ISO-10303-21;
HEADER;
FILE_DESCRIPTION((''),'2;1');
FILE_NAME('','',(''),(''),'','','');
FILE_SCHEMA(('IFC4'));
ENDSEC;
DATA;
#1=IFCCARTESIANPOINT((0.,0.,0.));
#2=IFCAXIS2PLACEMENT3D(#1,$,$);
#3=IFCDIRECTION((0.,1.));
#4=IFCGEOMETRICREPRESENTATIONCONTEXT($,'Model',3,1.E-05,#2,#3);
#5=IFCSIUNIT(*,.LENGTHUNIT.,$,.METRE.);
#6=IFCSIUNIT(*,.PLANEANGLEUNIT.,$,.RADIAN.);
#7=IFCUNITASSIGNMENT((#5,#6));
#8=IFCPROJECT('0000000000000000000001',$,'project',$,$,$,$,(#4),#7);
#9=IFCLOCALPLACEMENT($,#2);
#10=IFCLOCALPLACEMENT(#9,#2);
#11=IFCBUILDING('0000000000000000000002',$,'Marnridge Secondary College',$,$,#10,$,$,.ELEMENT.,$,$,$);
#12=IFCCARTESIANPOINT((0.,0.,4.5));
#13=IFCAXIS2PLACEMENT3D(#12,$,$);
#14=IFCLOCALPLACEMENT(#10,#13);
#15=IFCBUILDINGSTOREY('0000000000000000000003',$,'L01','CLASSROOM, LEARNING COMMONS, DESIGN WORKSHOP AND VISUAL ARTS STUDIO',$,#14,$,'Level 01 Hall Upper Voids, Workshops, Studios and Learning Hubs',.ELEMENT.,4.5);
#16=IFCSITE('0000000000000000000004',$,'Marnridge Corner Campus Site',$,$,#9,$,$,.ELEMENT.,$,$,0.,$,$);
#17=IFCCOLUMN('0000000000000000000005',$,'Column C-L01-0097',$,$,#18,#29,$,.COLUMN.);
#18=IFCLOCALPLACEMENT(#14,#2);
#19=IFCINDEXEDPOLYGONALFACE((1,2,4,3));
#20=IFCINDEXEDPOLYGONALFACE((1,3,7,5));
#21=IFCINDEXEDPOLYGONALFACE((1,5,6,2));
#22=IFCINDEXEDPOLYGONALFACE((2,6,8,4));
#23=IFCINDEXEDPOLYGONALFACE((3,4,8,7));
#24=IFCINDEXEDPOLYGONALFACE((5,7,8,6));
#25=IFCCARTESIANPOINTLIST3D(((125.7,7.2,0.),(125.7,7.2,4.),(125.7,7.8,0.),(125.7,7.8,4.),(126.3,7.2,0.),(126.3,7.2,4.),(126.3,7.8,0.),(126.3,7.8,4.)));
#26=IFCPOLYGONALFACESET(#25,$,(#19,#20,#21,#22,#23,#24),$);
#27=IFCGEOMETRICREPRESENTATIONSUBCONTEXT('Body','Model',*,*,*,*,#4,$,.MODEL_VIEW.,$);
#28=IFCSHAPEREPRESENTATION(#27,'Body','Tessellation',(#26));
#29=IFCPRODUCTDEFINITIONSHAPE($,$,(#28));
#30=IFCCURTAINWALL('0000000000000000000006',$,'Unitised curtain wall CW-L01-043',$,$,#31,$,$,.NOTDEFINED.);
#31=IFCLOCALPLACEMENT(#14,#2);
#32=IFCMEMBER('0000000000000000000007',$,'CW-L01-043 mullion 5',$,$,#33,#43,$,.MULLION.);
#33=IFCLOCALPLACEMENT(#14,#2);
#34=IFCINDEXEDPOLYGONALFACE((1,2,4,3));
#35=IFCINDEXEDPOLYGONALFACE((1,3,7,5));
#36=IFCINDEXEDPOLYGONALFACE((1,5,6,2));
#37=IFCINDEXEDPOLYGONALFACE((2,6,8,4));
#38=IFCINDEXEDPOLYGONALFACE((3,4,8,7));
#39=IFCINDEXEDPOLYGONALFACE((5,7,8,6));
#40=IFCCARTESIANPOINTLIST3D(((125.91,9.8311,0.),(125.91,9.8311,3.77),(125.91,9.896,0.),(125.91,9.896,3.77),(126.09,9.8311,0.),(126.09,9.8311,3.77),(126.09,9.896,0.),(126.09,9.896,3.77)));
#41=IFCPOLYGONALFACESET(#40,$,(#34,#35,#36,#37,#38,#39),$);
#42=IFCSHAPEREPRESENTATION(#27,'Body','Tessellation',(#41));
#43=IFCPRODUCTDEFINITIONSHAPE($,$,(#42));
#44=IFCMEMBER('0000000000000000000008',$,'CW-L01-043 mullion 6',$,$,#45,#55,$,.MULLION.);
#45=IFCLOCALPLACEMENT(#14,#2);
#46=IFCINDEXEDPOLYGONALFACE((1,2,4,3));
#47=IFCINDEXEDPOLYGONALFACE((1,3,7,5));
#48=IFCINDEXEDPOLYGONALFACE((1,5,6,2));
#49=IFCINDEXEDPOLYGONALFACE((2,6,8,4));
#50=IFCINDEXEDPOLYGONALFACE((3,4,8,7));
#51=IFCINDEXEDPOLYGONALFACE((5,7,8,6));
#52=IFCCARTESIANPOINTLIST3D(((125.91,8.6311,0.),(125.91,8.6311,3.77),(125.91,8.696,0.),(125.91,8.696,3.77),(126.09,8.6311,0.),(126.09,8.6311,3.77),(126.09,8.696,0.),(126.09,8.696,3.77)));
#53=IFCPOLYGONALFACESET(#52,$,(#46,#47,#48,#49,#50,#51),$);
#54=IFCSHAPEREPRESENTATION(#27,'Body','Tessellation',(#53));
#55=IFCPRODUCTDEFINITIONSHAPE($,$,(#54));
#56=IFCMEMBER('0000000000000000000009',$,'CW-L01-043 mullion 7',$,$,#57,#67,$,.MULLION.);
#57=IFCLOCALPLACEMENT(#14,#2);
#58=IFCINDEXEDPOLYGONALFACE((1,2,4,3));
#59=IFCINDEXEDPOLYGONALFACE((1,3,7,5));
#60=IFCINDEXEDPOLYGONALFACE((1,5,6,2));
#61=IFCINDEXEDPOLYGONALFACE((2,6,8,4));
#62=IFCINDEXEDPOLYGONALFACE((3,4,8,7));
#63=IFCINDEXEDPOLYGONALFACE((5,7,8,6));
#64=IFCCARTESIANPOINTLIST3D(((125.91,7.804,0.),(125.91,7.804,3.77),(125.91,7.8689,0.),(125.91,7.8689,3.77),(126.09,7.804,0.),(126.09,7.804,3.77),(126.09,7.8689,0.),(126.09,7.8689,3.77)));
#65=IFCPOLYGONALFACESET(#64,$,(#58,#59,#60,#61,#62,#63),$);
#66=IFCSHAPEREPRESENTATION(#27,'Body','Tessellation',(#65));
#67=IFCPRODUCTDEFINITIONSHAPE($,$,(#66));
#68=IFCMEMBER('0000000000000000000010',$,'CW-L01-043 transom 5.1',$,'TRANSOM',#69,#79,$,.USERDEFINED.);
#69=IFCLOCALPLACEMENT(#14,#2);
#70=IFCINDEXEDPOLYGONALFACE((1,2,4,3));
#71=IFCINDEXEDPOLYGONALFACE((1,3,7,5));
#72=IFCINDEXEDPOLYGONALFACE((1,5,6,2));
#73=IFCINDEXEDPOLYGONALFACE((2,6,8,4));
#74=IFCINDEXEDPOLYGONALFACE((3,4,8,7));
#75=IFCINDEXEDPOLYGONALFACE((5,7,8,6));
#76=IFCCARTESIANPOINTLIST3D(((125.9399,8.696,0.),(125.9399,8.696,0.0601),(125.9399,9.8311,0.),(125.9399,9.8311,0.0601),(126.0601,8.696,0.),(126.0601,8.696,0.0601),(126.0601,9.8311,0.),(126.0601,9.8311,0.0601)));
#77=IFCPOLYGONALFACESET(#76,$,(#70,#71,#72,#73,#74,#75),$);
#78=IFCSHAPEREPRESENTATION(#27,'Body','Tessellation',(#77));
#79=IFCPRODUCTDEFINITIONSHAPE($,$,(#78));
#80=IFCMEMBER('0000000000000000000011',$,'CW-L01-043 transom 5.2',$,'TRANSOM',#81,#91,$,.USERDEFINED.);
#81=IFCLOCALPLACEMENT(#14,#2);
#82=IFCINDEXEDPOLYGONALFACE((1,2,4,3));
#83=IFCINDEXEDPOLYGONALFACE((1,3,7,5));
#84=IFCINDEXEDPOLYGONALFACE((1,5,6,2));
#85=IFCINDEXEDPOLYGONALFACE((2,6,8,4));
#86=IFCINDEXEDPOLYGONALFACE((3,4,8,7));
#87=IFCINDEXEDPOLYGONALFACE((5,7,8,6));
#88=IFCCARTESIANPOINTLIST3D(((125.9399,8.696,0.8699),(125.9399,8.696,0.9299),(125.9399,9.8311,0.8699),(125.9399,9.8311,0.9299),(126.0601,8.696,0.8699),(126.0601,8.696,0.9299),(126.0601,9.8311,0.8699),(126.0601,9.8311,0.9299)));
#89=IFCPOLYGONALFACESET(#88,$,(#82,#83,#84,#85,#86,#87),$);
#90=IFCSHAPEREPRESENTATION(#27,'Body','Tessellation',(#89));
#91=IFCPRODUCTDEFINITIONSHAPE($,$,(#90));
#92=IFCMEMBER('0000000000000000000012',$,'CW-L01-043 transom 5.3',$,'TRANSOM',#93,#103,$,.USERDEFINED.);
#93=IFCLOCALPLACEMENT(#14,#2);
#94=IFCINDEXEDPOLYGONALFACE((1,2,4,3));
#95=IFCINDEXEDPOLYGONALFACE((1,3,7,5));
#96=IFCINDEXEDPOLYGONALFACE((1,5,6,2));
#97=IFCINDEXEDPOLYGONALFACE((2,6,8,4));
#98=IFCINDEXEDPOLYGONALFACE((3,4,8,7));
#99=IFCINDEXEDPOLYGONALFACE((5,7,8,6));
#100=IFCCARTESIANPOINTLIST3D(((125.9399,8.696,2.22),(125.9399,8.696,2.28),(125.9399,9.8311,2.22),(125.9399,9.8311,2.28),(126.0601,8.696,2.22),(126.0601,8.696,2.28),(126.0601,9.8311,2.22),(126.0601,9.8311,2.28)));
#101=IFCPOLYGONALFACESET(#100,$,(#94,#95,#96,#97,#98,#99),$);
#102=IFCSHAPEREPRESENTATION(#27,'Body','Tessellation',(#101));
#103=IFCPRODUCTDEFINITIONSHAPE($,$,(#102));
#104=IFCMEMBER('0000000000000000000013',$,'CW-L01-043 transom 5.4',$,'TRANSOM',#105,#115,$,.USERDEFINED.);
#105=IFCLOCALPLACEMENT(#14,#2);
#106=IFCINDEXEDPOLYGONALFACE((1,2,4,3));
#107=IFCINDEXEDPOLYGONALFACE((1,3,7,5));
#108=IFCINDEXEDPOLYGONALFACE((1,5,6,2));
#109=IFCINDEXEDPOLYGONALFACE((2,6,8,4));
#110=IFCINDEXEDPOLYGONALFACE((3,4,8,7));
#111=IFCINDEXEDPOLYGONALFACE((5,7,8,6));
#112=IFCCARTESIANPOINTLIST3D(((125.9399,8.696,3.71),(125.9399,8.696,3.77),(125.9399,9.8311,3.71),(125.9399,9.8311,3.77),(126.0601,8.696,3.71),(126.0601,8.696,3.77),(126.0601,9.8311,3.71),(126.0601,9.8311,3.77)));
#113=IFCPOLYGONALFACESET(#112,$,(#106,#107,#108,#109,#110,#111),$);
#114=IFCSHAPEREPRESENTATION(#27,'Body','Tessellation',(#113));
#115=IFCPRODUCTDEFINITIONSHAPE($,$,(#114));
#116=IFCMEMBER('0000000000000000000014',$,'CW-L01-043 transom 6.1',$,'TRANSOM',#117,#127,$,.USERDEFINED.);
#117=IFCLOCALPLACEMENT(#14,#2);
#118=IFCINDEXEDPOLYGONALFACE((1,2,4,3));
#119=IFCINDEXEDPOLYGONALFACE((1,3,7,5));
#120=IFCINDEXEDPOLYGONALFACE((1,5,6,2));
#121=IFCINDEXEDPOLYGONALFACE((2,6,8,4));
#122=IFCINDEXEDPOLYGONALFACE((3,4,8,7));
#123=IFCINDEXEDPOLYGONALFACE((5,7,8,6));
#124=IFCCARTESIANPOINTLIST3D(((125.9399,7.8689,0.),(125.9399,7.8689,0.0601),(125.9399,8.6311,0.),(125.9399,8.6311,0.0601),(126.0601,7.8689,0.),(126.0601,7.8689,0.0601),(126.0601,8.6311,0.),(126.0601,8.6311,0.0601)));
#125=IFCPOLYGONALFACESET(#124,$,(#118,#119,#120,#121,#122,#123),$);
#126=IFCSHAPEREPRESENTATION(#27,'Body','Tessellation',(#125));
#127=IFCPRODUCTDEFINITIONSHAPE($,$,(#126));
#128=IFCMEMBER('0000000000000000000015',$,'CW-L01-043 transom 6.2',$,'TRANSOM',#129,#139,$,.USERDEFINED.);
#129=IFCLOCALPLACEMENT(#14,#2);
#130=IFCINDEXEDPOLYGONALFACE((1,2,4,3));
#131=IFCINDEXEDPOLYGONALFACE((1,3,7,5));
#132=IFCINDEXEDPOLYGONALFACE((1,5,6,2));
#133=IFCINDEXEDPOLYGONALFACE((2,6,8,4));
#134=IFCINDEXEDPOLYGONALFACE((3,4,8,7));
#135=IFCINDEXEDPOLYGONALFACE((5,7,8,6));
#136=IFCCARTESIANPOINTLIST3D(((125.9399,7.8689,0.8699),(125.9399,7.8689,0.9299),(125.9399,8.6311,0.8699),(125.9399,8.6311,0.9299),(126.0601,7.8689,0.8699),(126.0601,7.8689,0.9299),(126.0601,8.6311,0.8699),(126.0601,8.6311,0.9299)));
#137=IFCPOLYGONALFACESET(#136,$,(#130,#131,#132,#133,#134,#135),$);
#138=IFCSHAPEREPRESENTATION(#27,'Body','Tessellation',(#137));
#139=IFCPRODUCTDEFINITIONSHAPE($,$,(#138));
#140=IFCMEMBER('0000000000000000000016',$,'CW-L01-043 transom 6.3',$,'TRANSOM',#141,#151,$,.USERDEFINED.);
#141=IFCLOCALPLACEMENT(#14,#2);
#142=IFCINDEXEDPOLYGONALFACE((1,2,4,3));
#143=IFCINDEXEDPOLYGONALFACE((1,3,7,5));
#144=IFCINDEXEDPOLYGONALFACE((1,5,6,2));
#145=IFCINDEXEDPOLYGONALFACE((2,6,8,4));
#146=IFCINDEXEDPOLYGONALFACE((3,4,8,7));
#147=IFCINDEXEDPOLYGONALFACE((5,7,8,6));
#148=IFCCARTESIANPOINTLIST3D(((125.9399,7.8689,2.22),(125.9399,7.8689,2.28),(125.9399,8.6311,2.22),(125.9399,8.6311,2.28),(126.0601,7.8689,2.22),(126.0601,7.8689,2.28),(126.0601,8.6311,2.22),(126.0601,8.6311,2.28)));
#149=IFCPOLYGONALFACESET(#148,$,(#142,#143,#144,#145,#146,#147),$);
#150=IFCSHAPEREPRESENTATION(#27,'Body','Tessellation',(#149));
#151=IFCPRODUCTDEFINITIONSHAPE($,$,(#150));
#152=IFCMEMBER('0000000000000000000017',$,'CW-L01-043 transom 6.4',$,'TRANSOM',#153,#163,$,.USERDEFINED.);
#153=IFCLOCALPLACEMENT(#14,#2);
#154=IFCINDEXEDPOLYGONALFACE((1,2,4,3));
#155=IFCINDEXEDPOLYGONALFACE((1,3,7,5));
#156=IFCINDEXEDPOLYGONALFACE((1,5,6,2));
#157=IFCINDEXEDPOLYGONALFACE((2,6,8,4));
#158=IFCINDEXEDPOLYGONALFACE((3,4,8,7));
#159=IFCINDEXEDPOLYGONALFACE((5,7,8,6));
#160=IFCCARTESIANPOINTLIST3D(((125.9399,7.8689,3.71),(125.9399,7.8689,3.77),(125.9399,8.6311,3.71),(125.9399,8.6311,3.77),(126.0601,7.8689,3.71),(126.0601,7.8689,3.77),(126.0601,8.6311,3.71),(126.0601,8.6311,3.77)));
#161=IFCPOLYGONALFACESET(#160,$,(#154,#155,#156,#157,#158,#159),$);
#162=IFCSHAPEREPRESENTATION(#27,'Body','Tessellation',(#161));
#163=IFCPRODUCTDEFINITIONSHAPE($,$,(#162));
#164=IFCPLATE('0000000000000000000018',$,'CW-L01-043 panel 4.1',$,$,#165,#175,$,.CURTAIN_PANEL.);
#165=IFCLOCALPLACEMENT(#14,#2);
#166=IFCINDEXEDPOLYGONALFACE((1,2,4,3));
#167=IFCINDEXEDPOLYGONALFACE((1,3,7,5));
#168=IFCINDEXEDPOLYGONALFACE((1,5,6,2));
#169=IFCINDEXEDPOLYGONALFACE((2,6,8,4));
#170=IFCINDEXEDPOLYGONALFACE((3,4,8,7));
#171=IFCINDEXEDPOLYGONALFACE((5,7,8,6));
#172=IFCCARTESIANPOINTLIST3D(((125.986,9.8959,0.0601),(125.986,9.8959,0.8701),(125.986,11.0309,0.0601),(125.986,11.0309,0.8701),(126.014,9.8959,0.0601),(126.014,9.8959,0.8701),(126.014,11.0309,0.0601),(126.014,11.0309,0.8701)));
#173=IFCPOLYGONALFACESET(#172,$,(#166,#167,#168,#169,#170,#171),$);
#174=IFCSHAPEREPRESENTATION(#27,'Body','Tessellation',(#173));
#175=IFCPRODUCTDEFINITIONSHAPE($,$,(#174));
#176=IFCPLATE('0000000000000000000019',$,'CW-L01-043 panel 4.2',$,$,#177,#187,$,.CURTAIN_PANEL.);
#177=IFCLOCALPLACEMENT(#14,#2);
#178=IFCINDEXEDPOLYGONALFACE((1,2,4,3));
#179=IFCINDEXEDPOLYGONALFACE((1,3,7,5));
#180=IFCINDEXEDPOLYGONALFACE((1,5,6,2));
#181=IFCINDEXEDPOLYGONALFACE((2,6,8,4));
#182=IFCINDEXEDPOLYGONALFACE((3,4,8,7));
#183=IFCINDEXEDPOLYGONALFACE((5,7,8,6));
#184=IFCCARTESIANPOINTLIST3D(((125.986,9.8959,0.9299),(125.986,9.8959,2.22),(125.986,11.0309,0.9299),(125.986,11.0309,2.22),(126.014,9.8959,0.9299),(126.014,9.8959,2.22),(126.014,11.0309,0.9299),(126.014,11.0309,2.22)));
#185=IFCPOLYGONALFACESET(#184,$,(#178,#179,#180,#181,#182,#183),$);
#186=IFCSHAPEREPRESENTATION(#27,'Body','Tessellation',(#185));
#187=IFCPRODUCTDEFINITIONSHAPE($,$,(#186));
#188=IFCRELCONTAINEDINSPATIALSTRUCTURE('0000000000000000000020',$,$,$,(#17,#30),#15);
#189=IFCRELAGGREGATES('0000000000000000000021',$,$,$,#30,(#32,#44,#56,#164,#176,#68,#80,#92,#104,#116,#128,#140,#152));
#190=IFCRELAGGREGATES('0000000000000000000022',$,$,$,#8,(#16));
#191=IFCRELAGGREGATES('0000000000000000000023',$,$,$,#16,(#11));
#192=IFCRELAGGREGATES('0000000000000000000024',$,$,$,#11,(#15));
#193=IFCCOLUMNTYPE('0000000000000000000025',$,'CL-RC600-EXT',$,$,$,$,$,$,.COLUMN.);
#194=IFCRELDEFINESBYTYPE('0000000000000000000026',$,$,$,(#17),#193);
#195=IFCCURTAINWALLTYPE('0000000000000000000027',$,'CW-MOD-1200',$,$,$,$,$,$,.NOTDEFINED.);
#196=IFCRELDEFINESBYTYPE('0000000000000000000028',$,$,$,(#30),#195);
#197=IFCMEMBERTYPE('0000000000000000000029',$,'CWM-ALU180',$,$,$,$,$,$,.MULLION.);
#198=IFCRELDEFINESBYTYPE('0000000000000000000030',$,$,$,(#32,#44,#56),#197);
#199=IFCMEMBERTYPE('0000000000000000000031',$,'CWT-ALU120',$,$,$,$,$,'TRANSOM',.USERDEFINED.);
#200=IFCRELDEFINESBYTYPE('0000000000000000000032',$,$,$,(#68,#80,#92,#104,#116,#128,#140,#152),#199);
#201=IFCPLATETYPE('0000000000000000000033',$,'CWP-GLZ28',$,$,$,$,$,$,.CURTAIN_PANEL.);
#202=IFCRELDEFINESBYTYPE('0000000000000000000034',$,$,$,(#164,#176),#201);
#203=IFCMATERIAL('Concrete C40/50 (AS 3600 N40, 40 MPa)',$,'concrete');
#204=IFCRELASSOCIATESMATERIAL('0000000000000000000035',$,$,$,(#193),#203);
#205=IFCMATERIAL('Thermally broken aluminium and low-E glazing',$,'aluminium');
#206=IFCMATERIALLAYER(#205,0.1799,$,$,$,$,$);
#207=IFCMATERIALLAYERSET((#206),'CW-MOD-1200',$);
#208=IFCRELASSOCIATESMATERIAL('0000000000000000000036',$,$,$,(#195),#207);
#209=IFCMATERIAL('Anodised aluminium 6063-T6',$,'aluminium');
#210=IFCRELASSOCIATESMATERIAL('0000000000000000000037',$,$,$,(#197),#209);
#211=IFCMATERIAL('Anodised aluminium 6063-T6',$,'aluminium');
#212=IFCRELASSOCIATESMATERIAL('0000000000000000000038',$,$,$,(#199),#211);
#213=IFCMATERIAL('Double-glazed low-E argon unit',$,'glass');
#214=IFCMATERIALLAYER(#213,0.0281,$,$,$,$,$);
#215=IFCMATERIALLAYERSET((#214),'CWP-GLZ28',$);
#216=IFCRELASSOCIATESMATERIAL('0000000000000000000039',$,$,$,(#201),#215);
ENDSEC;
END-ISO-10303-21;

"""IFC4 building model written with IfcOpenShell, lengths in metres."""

from ifc_helpers import new_model, si_unit, direction, frame, origin, origin_2d, place, context, subcontext, project, spatial, rectangle, extrude, material, layer, layer_set, material_profile, profile_set, type_object, element, aggregate, save


model = new_model("IFC4")

# Units and contexts
model_context = context("Model", 3, precision=1e-05, world=origin(), true_north=direction((0.0, 1.0)))
body_context = subcontext(model_context, "Body", "Model", "MODEL_VIEW")
ifc_project = project(units=[si_unit("LENGTHUNIT", "METRE"), si_unit("PLANEANGLEUNIT", "RADIAN")], contexts=[model_context])

# Site, building, storey
site_placement = place(None, origin())
site = spatial("IfcSite", under=ifc_project, at=site_placement, Name="Marnridge Corner Campus Site", CompositionType="ELEMENT", RefElevation=0.0)
building_placement = place(site_placement, origin())
building = spatial("IfcBuilding", under=site, at=building_placement, Name="Marnridge Secondary College", CompositionType="ELEMENT")
storey_placement = place(building_placement, frame((0.0, 0.0, 4.5)))
storey = spatial("IfcBuildingStorey", under=building, at=storey_placement, Name="L01", Description="CLASSROOM, LEARNING COMMONS, DESIGN WORKSHOP AND VISUAL ARTS STUDIO", LongName="Level 01 Hall Upper Voids, Workshops, Studios and Learning Hubs", CompositionType="ELEMENT", Elevation=4.5)

# Column
ifc_material_1 = material(Name="Concrete C40/50 (AS 3600 N40, 40 MPa)", Category="concrete")
ifc_material_profile_1 = material_profile(ifc_material_1, rectangle(XDim=0.6001, YDim=0.6001, at=origin_2d()), Name="RC 600x600")
ifc_profile_set_1 = profile_set([ifc_material_profile_1], Name="Concrete C40/50 (AS 3600 N40, 40 MPa)")
column_type = type_object("IfcColumnType", Name="CL-RC600-EXT", PredefinedType="COLUMN", material=ifc_profile_set_1)
column_placement = place(storey_placement, frame((126.0, 7.5, 0.0), z_axis=(0.0, 0.0, 1.0), x_axis=(1.0, 0.0, 0.0)))
element("IfcColumn", 1, at=column_placement, inside=storey, type_object=column_type, Name="Column C-L01-0097", PredefinedType="COLUMN", context=body_context, shape_type="SweptSolid", body=[
    extrude(rectangle(XDim=0.6001, YDim=0.6001, at=origin_2d()), origin(), (0.0, 0.0, 1.0), 4.0),
])

# Curtain wall, members, plates
ifc_material_2 = material(Name="Thermally broken aluminium and low-E glazing", Category="aluminium")
ifc_layer_1 = layer(ifc_material_2, 0.1799)
ifc_layer_set_1 = layer_set([ifc_layer_1], Name="CW-MOD-1200")
curtain_wall_type = type_object("IfcCurtainWallType", Name="CW-MOD-1200", PredefinedType="NOTDEFINED", material=ifc_layer_set_1)
curtain_wall_placement = place(storey_placement, origin())
curtain_wall = element("IfcCurtainWall", 2, at=curtain_wall_placement, inside=storey, type_object=curtain_wall_type, Name="Unitised curtain wall CW-L01-043", PredefinedType="NOTDEFINED")
ifc_material_3 = material(Name="Anodised aluminium 6063-T6", Category="aluminium")
ifc_material_profile_2 = material_profile(ifc_material_3, rectangle(XDim=0.0649, YDim=0.1799, at=origin_2d()), Name="ALU 65x180")
ifc_profile_set_2 = profile_set([ifc_material_profile_2], Name="Anodised aluminium 6063-T6")
member_type_1 = type_object("IfcMemberType", Name="CWM-ALU180", PredefinedType="MULLION", material=ifc_profile_set_2)
member_1_placement = place(storey_placement, frame((126.0, 9.8635, 0.0), z_axis=(0.0, 0.0, 1.0), x_axis=(0.0, -1.0, 0.0)))
member_1 = element("IfcMember", 3, at=member_1_placement, type_object=member_type_1, Name="CW-L01-043 mullion 5", PredefinedType="MULLION", context=body_context, shape_type="SweptSolid", body=[
    extrude(rectangle(XDim=0.0649, YDim=0.1799, at=origin_2d()), origin(), (0.0, 0.0, 1.0), 3.77),
])
member_2_placement = place(storey_placement, frame((126.0, 8.6636, 0.0), z_axis=(0.0, 0.0, 1.0), x_axis=(0.0, -1.0, 0.0)))
member_2 = element("IfcMember", 4, at=member_2_placement, type_object=member_type_1, Name="CW-L01-043 mullion 6", PredefinedType="MULLION", context=body_context, shape_type="SweptSolid", body=[
    extrude(rectangle(XDim=0.0649, YDim=0.1799, at=origin_2d()), origin(), (0.0, 0.0, 1.0), 3.77),
])
member_3_placement = place(storey_placement, frame((126.0, 7.8364, 0.0), z_axis=(0.0, 0.0, 1.0), x_axis=(0.0, -1.0, 0.0)))
member_3 = element("IfcMember", 5, at=member_3_placement, type_object=member_type_1, Name="CW-L01-043 mullion 7", PredefinedType="MULLION", context=body_context, shape_type="SweptSolid", body=[
    extrude(rectangle(XDim=0.0649, YDim=0.1799, at=origin_2d()), origin(), (0.0, 0.0, 1.0), 3.77),
])
ifc_material_4 = material(Name="Anodised aluminium 6063-T6", Category="aluminium")
ifc_material_profile_3 = material_profile(ifc_material_4, rectangle(XDim=0.0601, YDim=0.1201, at=origin_2d()), Name="ALU 60x120")
ifc_profile_set_3 = profile_set([ifc_material_profile_3], Name="Anodised aluminium 6063-T6")
member_type_2 = type_object("IfcMemberType", Name="CWT-ALU120", ElementType="TRANSOM", PredefinedType="USERDEFINED", material=ifc_profile_set_3)
member_4_placement = place(storey_placement, frame((126.0, 9.8311, 0.03), z_axis=(0.0, -1.0, 0.0), x_axis=(0.0, 0.0, 1.0)))
member_4 = element("IfcMember", 6, at=member_4_placement, type_object=member_type_2, Name="CW-L01-043 transom 5.1", ObjectType="TRANSOM", PredefinedType="USERDEFINED", context=body_context, shape_type="SweptSolid", body=[
    extrude(rectangle(XDim=0.0601, YDim=0.1201, at=origin_2d()), origin(), (0.0, 0.0, 1.0), 1.135),
])
member_5_placement = place(storey_placement, frame((126.0, 9.8311, 0.8999), z_axis=(0.0, -1.0, 0.0), x_axis=(0.0, 0.0, 1.0)))
member_5 = element("IfcMember", 7, at=member_5_placement, type_object=member_type_2, Name="CW-L01-043 transom 5.2", ObjectType="TRANSOM", PredefinedType="USERDEFINED", context=body_context, shape_type="SweptSolid", body=[
    extrude(rectangle(XDim=0.0601, YDim=0.1201, at=origin_2d()), origin(), (0.0, 0.0, 1.0), 1.135),
])
member_6_placement = place(storey_placement, frame((126.0, 9.8311, 2.25), z_axis=(0.0, -1.0, 0.0), x_axis=(0.0, 0.0, 1.0)))
member_6 = element("IfcMember", 8, at=member_6_placement, type_object=member_type_2, Name="CW-L01-043 transom 5.3", ObjectType="TRANSOM", PredefinedType="USERDEFINED", context=body_context, shape_type="SweptSolid", body=[
    extrude(rectangle(XDim=0.0601, YDim=0.1201, at=origin_2d()), origin(), (0.0, 0.0, 1.0), 1.135),
])
member_7_placement = place(storey_placement, frame((126.0, 9.8311, 3.74), z_axis=(0.0, -1.0, 0.0), x_axis=(0.0, 0.0, 1.0)))
member_7 = element("IfcMember", 9, at=member_7_placement, type_object=member_type_2, Name="CW-L01-043 transom 5.4", ObjectType="TRANSOM", PredefinedType="USERDEFINED", context=body_context, shape_type="SweptSolid", body=[
    extrude(rectangle(XDim=0.0601, YDim=0.1201, at=origin_2d()), origin(), (0.0, 0.0, 1.0), 1.135),
])
member_8_placement = place(storey_placement, frame((126.0, 8.6311, 0.03), z_axis=(0.0, -1.0, 0.0), x_axis=(0.0, 0.0, 1.0)))
member_8 = element("IfcMember", 10, at=member_8_placement, type_object=member_type_2, Name="CW-L01-043 transom 6.1", ObjectType="TRANSOM", PredefinedType="USERDEFINED", context=body_context, shape_type="SweptSolid", body=[
    extrude(rectangle(XDim=0.0601, YDim=0.1201, at=origin_2d()), origin(), (0.0, 0.0, 1.0), 0.7622),
])
member_9_placement = place(storey_placement, frame((126.0, 8.6311, 0.8999), z_axis=(0.0, -1.0, 0.0), x_axis=(0.0, 0.0, 1.0)))
member_9 = element("IfcMember", 11, at=member_9_placement, type_object=member_type_2, Name="CW-L01-043 transom 6.2", ObjectType="TRANSOM", PredefinedType="USERDEFINED", context=body_context, shape_type="SweptSolid", body=[
    extrude(rectangle(XDim=0.0601, YDim=0.1201, at=origin_2d()), origin(), (0.0, 0.0, 1.0), 0.7622),
])
member_10_placement = place(storey_placement, frame((126.0, 8.6311, 2.25), z_axis=(0.0, -1.0, 0.0), x_axis=(0.0, 0.0, 1.0)))
member_10 = element("IfcMember", 12, at=member_10_placement, type_object=member_type_2, Name="CW-L01-043 transom 6.3", ObjectType="TRANSOM", PredefinedType="USERDEFINED", context=body_context, shape_type="SweptSolid", body=[
    extrude(rectangle(XDim=0.0601, YDim=0.1201, at=origin_2d()), origin(), (0.0, 0.0, 1.0), 0.7622),
])
member_11_placement = place(storey_placement, frame((126.0, 8.6311, 3.74), z_axis=(0.0, -1.0, 0.0), x_axis=(0.0, 0.0, 1.0)))
member_11 = element("IfcMember", 13, at=member_11_placement, type_object=member_type_2, Name="CW-L01-043 transom 6.4", ObjectType="TRANSOM", PredefinedType="USERDEFINED", context=body_context, shape_type="SweptSolid", body=[
    extrude(rectangle(XDim=0.0601, YDim=0.1201, at=origin_2d()), origin(), (0.0, 0.0, 1.0), 0.7622),
])
ifc_material_5 = material(Name="Double-glazed low-E argon unit", Category="glass")
ifc_layer_2 = layer(ifc_material_5, 0.0281)
ifc_layer_set_2 = layer_set([ifc_layer_2], Name="CWP-GLZ28")
plate_type = type_object("IfcPlateType", Name="CWP-GLZ28", PredefinedType="CURTAIN_PANEL", material=ifc_layer_set_2)
plate_1_placement = place(storey_placement, frame((126.0, 10.4634, 0.0601), z_axis=(0.0, 0.0, 1.0), x_axis=(0.0, -1.0, 0.0)))
plate_1 = element("IfcPlate", 14, at=plate_1_placement, type_object=plate_type, Name="CW-L01-043 panel 4.1", PredefinedType="CURTAIN_PANEL", context=body_context, shape_type="SweptSolid", body=[
    extrude(rectangle(XDim=1.135, YDim=0.0281, at=origin_2d()), origin(), (0.0, 0.0, 1.0), 0.8101),
])
plate_2_placement = place(storey_placement, frame((126.0, 10.4634, 0.9299), z_axis=(0.0, 0.0, 1.0), x_axis=(0.0, -1.0, 0.0)))
plate_2 = element("IfcPlate", 15, at=plate_2_placement, type_object=plate_type, Name="CW-L01-043 panel 4.2", PredefinedType="CURTAIN_PANEL", context=body_context, shape_type="SweptSolid", body=[
    extrude(rectangle(XDim=1.135, YDim=0.0281, at=origin_2d()), origin(), (0.0, 0.0, 1.0), 1.29),
])
aggregate(curtain_wall, [member_1, member_2, member_3, plate_1, plate_2, member_4, member_5, member_6, member_7, member_8, member_9, member_10, member_11])

save(model, "model.ifc")
